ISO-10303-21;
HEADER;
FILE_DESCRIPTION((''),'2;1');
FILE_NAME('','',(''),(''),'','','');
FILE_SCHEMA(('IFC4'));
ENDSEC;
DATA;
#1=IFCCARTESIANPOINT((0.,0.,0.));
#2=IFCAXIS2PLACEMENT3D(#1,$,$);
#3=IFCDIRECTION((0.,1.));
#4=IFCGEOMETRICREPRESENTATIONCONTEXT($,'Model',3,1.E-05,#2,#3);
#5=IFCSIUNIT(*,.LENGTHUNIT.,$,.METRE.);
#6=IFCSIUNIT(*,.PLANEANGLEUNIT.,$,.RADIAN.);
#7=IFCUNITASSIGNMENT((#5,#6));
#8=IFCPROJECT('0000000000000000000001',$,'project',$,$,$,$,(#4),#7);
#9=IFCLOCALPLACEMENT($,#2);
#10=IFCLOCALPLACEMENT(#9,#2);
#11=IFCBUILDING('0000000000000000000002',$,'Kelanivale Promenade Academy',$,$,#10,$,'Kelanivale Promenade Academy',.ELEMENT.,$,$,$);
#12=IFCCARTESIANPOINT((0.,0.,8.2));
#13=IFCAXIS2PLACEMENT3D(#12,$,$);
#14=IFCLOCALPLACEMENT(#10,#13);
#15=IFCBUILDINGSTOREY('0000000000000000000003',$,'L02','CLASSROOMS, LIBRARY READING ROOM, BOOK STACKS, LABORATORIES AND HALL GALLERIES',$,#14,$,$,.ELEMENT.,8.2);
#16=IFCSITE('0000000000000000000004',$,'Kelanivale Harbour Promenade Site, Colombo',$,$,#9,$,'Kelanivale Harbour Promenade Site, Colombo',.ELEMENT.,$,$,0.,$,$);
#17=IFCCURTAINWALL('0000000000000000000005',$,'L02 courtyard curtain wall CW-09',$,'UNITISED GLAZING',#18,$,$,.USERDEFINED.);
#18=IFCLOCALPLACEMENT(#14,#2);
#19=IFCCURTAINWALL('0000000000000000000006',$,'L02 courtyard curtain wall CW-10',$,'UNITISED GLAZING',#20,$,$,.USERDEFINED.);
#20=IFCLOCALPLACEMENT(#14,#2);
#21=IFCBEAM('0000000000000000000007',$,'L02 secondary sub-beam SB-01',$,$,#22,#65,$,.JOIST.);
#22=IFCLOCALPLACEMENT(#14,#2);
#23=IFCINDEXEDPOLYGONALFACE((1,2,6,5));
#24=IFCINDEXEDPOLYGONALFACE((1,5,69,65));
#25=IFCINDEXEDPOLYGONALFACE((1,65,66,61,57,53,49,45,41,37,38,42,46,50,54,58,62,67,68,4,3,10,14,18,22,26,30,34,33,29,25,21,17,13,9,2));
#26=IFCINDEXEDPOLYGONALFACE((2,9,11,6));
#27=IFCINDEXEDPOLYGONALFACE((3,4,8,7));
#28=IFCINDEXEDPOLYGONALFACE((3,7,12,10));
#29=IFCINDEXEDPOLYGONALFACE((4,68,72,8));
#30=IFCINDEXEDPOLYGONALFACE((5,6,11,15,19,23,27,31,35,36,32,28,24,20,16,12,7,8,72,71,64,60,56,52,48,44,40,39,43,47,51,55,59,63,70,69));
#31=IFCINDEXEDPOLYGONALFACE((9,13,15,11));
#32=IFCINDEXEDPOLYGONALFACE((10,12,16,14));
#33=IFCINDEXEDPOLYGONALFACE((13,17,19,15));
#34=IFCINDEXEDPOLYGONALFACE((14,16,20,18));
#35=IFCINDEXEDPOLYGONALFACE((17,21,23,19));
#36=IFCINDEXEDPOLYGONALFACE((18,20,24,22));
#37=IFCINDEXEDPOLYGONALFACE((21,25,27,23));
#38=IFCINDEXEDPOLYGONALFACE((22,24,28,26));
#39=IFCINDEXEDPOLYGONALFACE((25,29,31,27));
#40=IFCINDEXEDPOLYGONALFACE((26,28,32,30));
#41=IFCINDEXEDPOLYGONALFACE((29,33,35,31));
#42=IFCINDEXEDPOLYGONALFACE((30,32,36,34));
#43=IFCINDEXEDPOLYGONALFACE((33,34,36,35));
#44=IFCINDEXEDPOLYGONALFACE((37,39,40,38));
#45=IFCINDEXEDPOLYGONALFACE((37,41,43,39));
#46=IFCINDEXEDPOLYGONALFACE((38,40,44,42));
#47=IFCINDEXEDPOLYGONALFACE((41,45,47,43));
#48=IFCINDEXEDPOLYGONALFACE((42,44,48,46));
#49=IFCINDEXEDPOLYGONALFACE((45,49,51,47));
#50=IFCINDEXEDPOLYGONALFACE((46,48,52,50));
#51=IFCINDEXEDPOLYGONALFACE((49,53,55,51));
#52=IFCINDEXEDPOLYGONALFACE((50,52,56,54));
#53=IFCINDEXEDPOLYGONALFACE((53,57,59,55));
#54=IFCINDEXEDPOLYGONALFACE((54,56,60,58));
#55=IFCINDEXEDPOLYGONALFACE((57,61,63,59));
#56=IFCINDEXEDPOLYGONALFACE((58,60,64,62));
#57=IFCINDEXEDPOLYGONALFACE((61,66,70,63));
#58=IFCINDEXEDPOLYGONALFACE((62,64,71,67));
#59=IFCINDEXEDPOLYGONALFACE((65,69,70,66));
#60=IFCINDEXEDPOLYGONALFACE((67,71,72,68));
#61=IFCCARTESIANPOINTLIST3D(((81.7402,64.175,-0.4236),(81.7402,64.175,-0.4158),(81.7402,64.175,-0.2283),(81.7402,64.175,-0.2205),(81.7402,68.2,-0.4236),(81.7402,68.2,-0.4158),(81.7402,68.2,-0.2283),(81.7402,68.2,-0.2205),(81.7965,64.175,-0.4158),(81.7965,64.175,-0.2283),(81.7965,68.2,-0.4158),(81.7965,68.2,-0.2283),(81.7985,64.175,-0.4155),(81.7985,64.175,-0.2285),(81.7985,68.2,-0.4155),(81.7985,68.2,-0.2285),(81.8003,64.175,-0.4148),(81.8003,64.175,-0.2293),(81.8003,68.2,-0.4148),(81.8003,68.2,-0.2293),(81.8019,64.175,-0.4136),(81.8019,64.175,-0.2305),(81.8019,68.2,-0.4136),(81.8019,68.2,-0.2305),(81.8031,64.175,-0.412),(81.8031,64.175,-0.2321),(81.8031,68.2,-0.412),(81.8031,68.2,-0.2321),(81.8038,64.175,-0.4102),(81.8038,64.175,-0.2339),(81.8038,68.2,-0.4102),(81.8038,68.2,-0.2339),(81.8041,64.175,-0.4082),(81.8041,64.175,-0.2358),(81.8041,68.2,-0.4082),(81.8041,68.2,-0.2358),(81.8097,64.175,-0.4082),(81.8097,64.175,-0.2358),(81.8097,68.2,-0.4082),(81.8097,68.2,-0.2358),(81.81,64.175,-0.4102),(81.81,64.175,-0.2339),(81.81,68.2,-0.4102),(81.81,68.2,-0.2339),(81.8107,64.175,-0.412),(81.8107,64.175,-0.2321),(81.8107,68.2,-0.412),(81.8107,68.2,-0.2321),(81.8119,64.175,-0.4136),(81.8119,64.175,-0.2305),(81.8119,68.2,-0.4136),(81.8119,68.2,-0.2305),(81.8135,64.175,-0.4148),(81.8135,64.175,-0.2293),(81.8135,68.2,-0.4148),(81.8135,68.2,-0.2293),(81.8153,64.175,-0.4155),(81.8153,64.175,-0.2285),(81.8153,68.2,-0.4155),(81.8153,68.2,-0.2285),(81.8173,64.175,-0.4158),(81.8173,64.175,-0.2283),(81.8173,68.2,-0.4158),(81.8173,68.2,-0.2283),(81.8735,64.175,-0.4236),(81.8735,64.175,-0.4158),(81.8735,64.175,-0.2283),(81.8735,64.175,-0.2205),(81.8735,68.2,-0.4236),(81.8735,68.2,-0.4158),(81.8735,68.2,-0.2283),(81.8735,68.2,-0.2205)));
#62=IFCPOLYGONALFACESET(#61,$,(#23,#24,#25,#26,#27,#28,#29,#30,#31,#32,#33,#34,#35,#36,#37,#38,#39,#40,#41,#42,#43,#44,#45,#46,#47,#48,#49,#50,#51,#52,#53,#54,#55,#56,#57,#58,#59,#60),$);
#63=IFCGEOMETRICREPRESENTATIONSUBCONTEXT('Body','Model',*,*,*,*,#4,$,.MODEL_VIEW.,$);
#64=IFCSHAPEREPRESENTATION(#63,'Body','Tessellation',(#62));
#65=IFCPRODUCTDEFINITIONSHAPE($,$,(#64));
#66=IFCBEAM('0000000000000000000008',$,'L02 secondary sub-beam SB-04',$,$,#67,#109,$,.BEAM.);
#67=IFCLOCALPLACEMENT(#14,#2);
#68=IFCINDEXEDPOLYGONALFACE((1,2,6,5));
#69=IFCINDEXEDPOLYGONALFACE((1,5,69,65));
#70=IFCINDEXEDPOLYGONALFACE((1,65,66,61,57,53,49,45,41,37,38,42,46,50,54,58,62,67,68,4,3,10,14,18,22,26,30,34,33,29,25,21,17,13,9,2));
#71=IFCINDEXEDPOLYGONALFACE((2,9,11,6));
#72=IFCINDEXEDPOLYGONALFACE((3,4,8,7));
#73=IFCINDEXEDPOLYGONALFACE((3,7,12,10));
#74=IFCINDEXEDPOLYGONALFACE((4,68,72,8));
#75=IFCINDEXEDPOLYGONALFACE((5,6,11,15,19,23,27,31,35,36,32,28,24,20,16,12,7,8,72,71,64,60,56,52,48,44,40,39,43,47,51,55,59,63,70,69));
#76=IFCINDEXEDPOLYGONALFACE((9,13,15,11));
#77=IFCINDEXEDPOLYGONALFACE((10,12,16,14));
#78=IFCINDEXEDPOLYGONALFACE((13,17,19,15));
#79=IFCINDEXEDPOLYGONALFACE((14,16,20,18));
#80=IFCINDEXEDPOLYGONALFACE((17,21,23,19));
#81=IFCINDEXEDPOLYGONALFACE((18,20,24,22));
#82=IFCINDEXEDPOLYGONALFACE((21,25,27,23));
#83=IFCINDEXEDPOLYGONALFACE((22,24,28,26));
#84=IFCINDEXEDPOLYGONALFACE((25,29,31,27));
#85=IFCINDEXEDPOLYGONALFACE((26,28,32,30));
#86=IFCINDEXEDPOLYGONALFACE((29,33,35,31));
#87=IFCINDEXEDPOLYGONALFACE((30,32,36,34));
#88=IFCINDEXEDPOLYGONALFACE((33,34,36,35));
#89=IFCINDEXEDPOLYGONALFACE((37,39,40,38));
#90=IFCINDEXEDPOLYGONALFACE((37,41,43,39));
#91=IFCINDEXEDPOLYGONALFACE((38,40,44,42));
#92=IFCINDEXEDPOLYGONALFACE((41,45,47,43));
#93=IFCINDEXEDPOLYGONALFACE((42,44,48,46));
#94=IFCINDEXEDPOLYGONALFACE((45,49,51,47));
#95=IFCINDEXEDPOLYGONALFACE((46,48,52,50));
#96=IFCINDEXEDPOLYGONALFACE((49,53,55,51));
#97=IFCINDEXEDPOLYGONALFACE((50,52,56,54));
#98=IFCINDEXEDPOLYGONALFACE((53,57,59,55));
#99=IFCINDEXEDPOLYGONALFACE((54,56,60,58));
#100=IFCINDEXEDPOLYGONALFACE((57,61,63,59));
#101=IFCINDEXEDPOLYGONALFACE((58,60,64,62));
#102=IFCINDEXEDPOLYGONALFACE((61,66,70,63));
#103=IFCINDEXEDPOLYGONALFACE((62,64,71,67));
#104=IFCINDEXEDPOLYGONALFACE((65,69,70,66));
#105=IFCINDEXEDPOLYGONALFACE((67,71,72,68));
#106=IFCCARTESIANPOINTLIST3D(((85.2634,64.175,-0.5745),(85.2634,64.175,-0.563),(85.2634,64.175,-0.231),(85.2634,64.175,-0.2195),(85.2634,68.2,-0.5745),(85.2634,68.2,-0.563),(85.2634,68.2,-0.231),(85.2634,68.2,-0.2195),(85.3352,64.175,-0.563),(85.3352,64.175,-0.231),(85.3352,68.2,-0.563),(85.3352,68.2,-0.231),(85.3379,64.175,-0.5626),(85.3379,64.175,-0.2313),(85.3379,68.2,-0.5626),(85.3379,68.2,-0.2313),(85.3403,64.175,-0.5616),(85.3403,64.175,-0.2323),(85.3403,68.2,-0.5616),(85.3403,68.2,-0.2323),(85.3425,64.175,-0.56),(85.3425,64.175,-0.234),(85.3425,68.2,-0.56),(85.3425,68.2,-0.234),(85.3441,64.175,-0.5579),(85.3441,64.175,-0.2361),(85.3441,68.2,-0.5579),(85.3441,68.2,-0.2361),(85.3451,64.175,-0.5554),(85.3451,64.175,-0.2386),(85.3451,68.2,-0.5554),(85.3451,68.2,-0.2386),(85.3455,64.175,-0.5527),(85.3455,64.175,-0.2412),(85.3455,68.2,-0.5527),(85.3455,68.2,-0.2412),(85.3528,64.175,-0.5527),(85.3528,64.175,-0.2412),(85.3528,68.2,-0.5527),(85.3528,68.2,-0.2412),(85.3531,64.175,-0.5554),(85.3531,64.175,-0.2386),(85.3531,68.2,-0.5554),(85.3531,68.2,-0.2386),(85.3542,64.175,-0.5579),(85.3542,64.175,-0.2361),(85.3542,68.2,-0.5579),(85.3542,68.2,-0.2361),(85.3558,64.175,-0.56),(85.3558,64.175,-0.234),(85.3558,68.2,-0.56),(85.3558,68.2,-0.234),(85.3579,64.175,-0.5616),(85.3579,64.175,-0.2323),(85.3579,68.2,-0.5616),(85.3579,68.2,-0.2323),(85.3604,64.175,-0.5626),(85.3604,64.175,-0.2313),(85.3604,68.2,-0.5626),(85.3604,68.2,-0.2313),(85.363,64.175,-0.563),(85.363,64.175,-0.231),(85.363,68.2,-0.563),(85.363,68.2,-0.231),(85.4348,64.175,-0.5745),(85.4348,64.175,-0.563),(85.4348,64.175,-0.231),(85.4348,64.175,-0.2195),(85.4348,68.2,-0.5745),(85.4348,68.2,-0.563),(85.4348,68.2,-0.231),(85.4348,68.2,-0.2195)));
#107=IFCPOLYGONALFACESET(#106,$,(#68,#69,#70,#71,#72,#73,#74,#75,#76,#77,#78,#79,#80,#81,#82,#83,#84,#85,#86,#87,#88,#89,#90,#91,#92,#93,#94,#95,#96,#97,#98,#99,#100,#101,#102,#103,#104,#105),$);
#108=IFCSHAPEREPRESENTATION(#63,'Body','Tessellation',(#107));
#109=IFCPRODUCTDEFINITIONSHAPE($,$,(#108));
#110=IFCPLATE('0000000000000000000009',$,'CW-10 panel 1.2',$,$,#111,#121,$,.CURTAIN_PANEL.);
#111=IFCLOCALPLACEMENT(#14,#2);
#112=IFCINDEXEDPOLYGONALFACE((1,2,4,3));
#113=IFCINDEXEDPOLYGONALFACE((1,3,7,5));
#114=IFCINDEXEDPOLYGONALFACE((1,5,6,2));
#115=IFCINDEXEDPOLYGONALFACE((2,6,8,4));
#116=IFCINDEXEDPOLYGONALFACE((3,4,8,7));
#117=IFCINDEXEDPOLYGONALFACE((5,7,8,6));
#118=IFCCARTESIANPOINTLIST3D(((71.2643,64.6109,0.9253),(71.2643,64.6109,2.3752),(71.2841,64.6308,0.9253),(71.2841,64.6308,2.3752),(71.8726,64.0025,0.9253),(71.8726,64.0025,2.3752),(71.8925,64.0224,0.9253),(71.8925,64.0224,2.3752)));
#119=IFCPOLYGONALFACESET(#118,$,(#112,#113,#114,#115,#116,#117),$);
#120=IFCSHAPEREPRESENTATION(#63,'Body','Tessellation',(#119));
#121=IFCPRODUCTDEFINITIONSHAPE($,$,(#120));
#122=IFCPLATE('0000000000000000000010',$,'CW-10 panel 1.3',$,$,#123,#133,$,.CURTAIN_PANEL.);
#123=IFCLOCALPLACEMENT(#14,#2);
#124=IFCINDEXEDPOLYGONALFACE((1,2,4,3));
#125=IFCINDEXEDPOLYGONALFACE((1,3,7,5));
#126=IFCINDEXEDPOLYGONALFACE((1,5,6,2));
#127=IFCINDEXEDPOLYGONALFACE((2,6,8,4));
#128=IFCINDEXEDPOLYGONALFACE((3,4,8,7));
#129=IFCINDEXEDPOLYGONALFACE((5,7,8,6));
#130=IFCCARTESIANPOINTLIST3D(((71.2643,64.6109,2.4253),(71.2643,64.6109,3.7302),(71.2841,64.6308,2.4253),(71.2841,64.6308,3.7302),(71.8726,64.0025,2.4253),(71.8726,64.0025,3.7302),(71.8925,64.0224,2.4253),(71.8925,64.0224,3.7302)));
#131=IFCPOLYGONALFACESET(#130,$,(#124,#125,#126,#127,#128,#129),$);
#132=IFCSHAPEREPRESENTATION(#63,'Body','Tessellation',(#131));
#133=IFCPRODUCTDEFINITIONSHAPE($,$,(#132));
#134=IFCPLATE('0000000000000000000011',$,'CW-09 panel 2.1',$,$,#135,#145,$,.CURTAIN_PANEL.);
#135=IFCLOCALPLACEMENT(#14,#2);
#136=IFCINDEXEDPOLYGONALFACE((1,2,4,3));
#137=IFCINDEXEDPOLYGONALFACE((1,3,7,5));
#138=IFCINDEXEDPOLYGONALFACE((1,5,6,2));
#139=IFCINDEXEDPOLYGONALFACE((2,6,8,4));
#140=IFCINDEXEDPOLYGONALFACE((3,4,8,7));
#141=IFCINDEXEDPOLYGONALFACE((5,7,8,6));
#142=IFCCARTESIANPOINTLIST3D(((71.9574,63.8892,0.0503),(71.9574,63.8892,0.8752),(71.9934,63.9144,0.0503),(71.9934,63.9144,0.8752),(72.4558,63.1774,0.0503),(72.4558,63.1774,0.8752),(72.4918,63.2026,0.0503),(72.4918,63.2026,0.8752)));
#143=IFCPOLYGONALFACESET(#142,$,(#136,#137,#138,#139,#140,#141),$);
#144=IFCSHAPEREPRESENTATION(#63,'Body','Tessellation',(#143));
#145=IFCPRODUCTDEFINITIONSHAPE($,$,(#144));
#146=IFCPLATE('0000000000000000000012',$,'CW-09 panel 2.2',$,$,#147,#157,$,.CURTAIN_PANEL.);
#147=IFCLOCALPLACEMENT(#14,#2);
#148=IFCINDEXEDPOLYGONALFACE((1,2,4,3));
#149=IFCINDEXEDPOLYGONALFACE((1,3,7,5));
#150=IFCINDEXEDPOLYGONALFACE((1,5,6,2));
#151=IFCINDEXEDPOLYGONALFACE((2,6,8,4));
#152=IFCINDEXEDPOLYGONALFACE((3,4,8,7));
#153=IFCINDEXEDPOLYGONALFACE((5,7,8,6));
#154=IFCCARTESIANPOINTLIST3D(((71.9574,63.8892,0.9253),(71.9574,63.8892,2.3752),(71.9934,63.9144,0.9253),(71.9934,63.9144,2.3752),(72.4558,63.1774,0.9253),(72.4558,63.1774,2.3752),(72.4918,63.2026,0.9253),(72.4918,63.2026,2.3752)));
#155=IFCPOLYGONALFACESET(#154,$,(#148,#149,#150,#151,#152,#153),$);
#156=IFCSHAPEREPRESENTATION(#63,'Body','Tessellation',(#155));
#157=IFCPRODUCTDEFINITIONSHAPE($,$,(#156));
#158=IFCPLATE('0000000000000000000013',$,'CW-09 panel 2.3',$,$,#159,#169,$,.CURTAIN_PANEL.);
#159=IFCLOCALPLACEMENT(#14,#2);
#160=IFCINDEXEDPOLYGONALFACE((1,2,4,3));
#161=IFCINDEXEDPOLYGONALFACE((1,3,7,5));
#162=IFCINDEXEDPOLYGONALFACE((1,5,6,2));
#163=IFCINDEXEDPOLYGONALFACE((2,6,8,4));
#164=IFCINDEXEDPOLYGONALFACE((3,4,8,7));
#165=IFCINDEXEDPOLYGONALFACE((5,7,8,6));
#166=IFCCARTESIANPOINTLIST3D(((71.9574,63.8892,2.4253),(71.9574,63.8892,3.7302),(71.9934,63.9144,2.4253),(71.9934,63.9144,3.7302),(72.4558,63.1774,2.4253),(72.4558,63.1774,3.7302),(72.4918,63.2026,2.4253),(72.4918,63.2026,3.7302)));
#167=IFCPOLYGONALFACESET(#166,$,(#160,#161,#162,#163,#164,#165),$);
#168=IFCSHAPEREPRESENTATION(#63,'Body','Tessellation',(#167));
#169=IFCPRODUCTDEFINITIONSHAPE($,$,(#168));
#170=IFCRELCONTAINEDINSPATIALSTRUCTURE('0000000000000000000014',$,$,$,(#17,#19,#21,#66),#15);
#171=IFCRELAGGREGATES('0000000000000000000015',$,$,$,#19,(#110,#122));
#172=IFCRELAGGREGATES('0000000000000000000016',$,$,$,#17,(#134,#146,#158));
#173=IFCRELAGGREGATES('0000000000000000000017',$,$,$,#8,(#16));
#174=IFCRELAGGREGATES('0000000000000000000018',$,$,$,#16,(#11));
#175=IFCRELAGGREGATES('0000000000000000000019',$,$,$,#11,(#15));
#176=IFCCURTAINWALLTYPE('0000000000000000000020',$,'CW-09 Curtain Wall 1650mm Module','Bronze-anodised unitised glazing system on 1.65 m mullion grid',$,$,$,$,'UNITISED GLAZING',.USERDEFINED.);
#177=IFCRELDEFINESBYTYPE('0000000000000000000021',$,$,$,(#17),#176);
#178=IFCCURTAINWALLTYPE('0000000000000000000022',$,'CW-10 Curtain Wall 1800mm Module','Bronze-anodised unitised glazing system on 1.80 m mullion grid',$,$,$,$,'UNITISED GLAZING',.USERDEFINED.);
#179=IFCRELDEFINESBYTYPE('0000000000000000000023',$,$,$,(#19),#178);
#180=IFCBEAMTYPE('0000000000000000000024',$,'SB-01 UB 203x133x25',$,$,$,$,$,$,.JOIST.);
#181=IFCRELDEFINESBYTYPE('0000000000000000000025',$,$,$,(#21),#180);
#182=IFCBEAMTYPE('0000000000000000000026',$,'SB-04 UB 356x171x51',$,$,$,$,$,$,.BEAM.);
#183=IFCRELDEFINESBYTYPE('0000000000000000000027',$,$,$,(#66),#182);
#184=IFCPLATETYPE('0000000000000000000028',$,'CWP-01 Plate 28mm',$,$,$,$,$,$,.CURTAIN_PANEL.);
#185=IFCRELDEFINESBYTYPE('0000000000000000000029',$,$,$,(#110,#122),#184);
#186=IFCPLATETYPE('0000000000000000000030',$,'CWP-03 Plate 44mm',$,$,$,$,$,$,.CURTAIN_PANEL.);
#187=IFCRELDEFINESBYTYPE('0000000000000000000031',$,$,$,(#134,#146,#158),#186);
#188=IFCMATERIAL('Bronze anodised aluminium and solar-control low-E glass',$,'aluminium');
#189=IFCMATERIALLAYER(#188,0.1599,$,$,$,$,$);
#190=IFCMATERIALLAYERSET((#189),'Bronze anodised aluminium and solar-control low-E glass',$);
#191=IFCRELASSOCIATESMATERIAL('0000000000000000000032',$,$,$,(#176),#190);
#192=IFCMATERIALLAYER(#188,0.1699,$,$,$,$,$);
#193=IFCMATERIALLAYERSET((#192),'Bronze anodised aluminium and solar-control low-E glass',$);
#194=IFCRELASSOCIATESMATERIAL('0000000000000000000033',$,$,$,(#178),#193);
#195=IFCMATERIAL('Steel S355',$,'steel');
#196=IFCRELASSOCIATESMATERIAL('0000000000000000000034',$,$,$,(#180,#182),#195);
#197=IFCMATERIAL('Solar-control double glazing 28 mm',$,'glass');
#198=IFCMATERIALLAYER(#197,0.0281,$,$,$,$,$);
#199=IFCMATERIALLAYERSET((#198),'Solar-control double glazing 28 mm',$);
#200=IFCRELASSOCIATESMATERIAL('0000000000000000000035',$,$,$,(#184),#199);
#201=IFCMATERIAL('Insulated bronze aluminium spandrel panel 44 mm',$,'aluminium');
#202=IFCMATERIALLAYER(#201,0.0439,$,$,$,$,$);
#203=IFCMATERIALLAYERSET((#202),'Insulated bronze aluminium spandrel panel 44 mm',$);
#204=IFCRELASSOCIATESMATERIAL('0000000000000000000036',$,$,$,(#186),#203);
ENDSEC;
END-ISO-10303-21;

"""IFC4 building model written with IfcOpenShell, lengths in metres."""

from ifc_helpers import new_model, si_unit, direction, frame, origin, origin_2d, place, context, subcontext, project, spatial, rectangle, i_section, extrude, material, layer, layer_set, material_profile, profile_set, type_object, element, aggregate, save


model = new_model("IFC4")

# Units and contexts
model_context = context("Model", 3, precision=1e-05, world=origin(), true_north=direction((0.0, 1.0)))
body_context = subcontext(model_context, "Body", "Model", "MODEL_VIEW")
ifc_project = project(units=[si_unit("LENGTHUNIT", "METRE"), si_unit("PLANEANGLEUNIT", "RADIAN")], contexts=[model_context])

# Site, building, storey
site_placement = place(None, origin())
site = spatial("IfcSite", under=ifc_project, at=site_placement, Name="Kelanivale Harbour Promenade Site, Colombo", LongName="Kelanivale Harbour Promenade Site, Colombo", CompositionType="ELEMENT", RefElevation=0.0)
building_placement = place(site_placement, origin())
building = spatial("IfcBuilding", under=site, at=building_placement, Name="Kelanivale Promenade Academy", LongName="Kelanivale Promenade Academy", CompositionType="ELEMENT")
storey_placement = place(building_placement, frame((0.0, 0.0, 8.2)))
storey = spatial("IfcBuildingStorey", under=building, at=storey_placement, Name="L02", Description="CLASSROOMS, LIBRARY READING ROOM, BOOK STACKS, LABORATORIES AND HALL GALLERIES", CompositionType="ELEMENT", Elevation=8.2)

# Curtain walls
ifc_material_1 = material(Name="Bronze anodised aluminium and solar-control low-E glass", Category="aluminium")
ifc_layer_1 = layer(ifc_material_1, 0.1599)
ifc_layer_set_1 = layer_set([ifc_layer_1], Name="Bronze anodised aluminium and solar-control low-E glass")
curtain_wall_type_1 = type_object("IfcCurtainWallType", Name="CW-09 Curtain Wall 1650mm Module", Description="Bronze-anodised unitised glazing system on 1.65 m mullion grid", ElementType="UNITISED GLAZING", PredefinedType="USERDEFINED", material=ifc_layer_set_1)
curtain_wall_1_placement = place(storey_placement, origin())
curtain_wall_1 = element("IfcCurtainWall", 1, at=curtain_wall_1_placement, inside=storey, type_object=curtain_wall_type_1, Name="L02 courtyard curtain wall CW-09", ObjectType="UNITISED GLAZING", PredefinedType="USERDEFINED")
ifc_layer_2 = layer(ifc_material_1, 0.1699)
ifc_layer_set_2 = layer_set([ifc_layer_2], Name="Bronze anodised aluminium and solar-control low-E glass")
curtain_wall_type_2 = type_object("IfcCurtainWallType", Name="CW-10 Curtain Wall 1800mm Module", Description="Bronze-anodised unitised glazing system on 1.80 m mullion grid", ElementType="UNITISED GLAZING", PredefinedType="USERDEFINED", material=ifc_layer_set_2)
curtain_wall_2_placement = place(storey_placement, origin())
curtain_wall_2 = element("IfcCurtainWall", 2, at=curtain_wall_2_placement, inside=storey, type_object=curtain_wall_type_2, Name="L02 courtyard curtain wall CW-10", ObjectType="UNITISED GLAZING", PredefinedType="USERDEFINED")

# Beams
ifc_material_2 = material(Name="Steel S355", Category="steel")
ifc_material_profile_1 = material_profile(ifc_material_2, i_section(OverallWidth=0.1333, OverallDepth=0.2031, WebThickness=0.0056, FlangeThickness=0.0078, FilletRadius=0.0076, at=origin_2d()), Name="UB 203x133x25")
ifc_profile_set_1 = profile_set([ifc_material_profile_1], Name="Steel S355")
beam_type_1 = type_object("IfcBeamType", Name="SB-01 UB 203x133x25", PredefinedType="JOIST", material=ifc_profile_set_1)
beam_1_placement = place(storey_placement, frame((81.8069, 64.175, -0.322), z_axis=(0.0, 1.0, 0.0), x_axis=(-1.0, 0.0, 0.0)))
element("IfcBeam", 3, at=beam_1_placement, inside=storey, type_object=beam_type_1, Name="L02 secondary sub-beam SB-01", PredefinedType="JOIST", context=body_context, shape_type="SweptSolid", body=[
    extrude(i_section(OverallWidth=0.1333, OverallDepth=0.2031, WebThickness=0.0056, FlangeThickness=0.0078, FilletRadius=0.0076, at=origin_2d()), origin(), (0.0, 0.0, 1.0), 4.0249),
])
ifc_material_profile_2 = material_profile(ifc_material_2, i_section(OverallWidth=0.1714, OverallDepth=0.355, WebThickness=0.0073, FlangeThickness=0.0115, FilletRadius=0.0103, at=origin_2d()), Name="UB 356x171x51")
ifc_profile_set_2 = profile_set([ifc_material_profile_2], Name="Steel S355")
beam_type_2 = type_object("IfcBeamType", Name="SB-04 UB 356x171x51", PredefinedType="BEAM", material=ifc_profile_set_2)
beam_2_placement = place(storey_placement, frame((85.3491, 64.175, -0.397), z_axis=(0.0, 1.0, 0.0), x_axis=(-1.0, 0.0, 0.0)))
element("IfcBeam", 4, at=beam_2_placement, inside=storey, type_object=beam_type_2, Name="L02 secondary sub-beam SB-04", PredefinedType="BEAM", context=body_context, shape_type="SweptSolid", body=[
    extrude(i_section(OverallWidth=0.1714, OverallDepth=0.355, WebThickness=0.0073, FlangeThickness=0.0115, FilletRadius=0.0103, at=origin_2d()), origin(), (0.0, 0.0, 1.0), 4.0249),
])

# Plates
ifc_material_3 = material(Name="Solar-control double glazing 28 mm", Category="glass")
ifc_layer_3 = layer(ifc_material_3, 0.0281)
ifc_layer_set_3 = layer_set([ifc_layer_3], Name="Solar-control double glazing 28 mm")
plate_type_1 = type_object("IfcPlateType", Name="CWP-01 Plate 28mm", PredefinedType="CURTAIN_PANEL", material=ifc_layer_set_3)
plate_1_placement = place(storey_placement, frame((71.5784, 64.3167, 0.9253), z_axis=(0.0, 0.0, 1.0), x_axis=(-0.707107, 0.707107, 0.0)))
plate_1 = element("IfcPlate", 5, at=plate_1_placement, type_object=plate_type_1, Name="CW-10 panel 1.2", PredefinedType="CURTAIN_PANEL", context=body_context, shape_type="SweptSolid", body=[
    extrude(rectangle(XDim=0.8604, YDim=0.0281, at=origin_2d()), origin(), (0.0, 0.0, 1.0), 1.45),
])
plate_2_placement = place(storey_placement, frame((71.5784, 64.3167, 2.4253), z_axis=(0.0, 0.0, 1.0), x_axis=(-0.707107, 0.707107, 0.0)))
plate_2 = element("IfcPlate", 6, at=plate_2_placement, type_object=plate_type_1, Name="CW-10 panel 1.3", PredefinedType="CURTAIN_PANEL", context=body_context, shape_type="SweptSolid", body=[
    extrude(rectangle(XDim=0.8604, YDim=0.0281, at=origin_2d()), origin(), (0.0, 0.0, 1.0), 1.3049),
])
aggregate(curtain_wall_2, [plate_1, plate_2])
ifc_material_4 = material(Name="Insulated bronze aluminium spandrel panel 44 mm", Category="aluminium")
ifc_layer_4 = layer(ifc_material_4, 0.0439)
ifc_layer_set_4 = layer_set([ifc_layer_4], Name="Insulated bronze aluminium spandrel panel 44 mm")
plate_type_2 = type_object("IfcPlateType", Name="CWP-03 Plate 44mm", PredefinedType="CURTAIN_PANEL", material=ifc_layer_set_4)
plate_3_placement = place(storey_placement, frame((72.2246, 63.5459, 0.0503), z_axis=(0.0, 0.0, 1.0), x_axis=(-0.573567, 0.819158, 0.0)))
plate_3 = element("IfcPlate", 7, at=plate_3_placement, type_object=plate_type_2, Name="CW-09 panel 2.1", PredefinedType="CURTAIN_PANEL", context=body_context, shape_type="SweptSolid", body=[
    extrude(rectangle(XDim=0.8689, YDim=0.0439, at=origin_2d()), origin(), (0.0, 0.0, 1.0), 0.825),
])
plate_4_placement = place(storey_placement, frame((72.2246, 63.5459, 0.9253), z_axis=(0.0, 0.0, 1.0), x_axis=(-0.573567, 0.819158, 0.0)))
plate_4 = element("IfcPlate", 8, at=plate_4_placement, type_object=plate_type_2, Name="CW-09 panel 2.2", PredefinedType="CURTAIN_PANEL", context=body_context, shape_type="SweptSolid", body=[
    extrude(rectangle(XDim=0.8689, YDim=0.0439, at=origin_2d()), origin(), (0.0, 0.0, 1.0), 1.45),
])
plate_5_placement = place(storey_placement, frame((72.2246, 63.5459, 2.4253), z_axis=(0.0, 0.0, 1.0), x_axis=(-0.573567, 0.819158, 0.0)))
plate_5 = element("IfcPlate", 9, at=plate_5_placement, type_object=plate_type_2, Name="CW-09 panel 2.3", PredefinedType="CURTAIN_PANEL", context=body_context, shape_type="SweptSolid", body=[
    extrude(rectangle(XDim=0.8689, YDim=0.0439, at=origin_2d()), origin(), (0.0, 0.0, 1.0), 1.3049),
])
aggregate(curtain_wall_1, [plate_3, plate_4, plate_5])

save(model, "model.ifc")
